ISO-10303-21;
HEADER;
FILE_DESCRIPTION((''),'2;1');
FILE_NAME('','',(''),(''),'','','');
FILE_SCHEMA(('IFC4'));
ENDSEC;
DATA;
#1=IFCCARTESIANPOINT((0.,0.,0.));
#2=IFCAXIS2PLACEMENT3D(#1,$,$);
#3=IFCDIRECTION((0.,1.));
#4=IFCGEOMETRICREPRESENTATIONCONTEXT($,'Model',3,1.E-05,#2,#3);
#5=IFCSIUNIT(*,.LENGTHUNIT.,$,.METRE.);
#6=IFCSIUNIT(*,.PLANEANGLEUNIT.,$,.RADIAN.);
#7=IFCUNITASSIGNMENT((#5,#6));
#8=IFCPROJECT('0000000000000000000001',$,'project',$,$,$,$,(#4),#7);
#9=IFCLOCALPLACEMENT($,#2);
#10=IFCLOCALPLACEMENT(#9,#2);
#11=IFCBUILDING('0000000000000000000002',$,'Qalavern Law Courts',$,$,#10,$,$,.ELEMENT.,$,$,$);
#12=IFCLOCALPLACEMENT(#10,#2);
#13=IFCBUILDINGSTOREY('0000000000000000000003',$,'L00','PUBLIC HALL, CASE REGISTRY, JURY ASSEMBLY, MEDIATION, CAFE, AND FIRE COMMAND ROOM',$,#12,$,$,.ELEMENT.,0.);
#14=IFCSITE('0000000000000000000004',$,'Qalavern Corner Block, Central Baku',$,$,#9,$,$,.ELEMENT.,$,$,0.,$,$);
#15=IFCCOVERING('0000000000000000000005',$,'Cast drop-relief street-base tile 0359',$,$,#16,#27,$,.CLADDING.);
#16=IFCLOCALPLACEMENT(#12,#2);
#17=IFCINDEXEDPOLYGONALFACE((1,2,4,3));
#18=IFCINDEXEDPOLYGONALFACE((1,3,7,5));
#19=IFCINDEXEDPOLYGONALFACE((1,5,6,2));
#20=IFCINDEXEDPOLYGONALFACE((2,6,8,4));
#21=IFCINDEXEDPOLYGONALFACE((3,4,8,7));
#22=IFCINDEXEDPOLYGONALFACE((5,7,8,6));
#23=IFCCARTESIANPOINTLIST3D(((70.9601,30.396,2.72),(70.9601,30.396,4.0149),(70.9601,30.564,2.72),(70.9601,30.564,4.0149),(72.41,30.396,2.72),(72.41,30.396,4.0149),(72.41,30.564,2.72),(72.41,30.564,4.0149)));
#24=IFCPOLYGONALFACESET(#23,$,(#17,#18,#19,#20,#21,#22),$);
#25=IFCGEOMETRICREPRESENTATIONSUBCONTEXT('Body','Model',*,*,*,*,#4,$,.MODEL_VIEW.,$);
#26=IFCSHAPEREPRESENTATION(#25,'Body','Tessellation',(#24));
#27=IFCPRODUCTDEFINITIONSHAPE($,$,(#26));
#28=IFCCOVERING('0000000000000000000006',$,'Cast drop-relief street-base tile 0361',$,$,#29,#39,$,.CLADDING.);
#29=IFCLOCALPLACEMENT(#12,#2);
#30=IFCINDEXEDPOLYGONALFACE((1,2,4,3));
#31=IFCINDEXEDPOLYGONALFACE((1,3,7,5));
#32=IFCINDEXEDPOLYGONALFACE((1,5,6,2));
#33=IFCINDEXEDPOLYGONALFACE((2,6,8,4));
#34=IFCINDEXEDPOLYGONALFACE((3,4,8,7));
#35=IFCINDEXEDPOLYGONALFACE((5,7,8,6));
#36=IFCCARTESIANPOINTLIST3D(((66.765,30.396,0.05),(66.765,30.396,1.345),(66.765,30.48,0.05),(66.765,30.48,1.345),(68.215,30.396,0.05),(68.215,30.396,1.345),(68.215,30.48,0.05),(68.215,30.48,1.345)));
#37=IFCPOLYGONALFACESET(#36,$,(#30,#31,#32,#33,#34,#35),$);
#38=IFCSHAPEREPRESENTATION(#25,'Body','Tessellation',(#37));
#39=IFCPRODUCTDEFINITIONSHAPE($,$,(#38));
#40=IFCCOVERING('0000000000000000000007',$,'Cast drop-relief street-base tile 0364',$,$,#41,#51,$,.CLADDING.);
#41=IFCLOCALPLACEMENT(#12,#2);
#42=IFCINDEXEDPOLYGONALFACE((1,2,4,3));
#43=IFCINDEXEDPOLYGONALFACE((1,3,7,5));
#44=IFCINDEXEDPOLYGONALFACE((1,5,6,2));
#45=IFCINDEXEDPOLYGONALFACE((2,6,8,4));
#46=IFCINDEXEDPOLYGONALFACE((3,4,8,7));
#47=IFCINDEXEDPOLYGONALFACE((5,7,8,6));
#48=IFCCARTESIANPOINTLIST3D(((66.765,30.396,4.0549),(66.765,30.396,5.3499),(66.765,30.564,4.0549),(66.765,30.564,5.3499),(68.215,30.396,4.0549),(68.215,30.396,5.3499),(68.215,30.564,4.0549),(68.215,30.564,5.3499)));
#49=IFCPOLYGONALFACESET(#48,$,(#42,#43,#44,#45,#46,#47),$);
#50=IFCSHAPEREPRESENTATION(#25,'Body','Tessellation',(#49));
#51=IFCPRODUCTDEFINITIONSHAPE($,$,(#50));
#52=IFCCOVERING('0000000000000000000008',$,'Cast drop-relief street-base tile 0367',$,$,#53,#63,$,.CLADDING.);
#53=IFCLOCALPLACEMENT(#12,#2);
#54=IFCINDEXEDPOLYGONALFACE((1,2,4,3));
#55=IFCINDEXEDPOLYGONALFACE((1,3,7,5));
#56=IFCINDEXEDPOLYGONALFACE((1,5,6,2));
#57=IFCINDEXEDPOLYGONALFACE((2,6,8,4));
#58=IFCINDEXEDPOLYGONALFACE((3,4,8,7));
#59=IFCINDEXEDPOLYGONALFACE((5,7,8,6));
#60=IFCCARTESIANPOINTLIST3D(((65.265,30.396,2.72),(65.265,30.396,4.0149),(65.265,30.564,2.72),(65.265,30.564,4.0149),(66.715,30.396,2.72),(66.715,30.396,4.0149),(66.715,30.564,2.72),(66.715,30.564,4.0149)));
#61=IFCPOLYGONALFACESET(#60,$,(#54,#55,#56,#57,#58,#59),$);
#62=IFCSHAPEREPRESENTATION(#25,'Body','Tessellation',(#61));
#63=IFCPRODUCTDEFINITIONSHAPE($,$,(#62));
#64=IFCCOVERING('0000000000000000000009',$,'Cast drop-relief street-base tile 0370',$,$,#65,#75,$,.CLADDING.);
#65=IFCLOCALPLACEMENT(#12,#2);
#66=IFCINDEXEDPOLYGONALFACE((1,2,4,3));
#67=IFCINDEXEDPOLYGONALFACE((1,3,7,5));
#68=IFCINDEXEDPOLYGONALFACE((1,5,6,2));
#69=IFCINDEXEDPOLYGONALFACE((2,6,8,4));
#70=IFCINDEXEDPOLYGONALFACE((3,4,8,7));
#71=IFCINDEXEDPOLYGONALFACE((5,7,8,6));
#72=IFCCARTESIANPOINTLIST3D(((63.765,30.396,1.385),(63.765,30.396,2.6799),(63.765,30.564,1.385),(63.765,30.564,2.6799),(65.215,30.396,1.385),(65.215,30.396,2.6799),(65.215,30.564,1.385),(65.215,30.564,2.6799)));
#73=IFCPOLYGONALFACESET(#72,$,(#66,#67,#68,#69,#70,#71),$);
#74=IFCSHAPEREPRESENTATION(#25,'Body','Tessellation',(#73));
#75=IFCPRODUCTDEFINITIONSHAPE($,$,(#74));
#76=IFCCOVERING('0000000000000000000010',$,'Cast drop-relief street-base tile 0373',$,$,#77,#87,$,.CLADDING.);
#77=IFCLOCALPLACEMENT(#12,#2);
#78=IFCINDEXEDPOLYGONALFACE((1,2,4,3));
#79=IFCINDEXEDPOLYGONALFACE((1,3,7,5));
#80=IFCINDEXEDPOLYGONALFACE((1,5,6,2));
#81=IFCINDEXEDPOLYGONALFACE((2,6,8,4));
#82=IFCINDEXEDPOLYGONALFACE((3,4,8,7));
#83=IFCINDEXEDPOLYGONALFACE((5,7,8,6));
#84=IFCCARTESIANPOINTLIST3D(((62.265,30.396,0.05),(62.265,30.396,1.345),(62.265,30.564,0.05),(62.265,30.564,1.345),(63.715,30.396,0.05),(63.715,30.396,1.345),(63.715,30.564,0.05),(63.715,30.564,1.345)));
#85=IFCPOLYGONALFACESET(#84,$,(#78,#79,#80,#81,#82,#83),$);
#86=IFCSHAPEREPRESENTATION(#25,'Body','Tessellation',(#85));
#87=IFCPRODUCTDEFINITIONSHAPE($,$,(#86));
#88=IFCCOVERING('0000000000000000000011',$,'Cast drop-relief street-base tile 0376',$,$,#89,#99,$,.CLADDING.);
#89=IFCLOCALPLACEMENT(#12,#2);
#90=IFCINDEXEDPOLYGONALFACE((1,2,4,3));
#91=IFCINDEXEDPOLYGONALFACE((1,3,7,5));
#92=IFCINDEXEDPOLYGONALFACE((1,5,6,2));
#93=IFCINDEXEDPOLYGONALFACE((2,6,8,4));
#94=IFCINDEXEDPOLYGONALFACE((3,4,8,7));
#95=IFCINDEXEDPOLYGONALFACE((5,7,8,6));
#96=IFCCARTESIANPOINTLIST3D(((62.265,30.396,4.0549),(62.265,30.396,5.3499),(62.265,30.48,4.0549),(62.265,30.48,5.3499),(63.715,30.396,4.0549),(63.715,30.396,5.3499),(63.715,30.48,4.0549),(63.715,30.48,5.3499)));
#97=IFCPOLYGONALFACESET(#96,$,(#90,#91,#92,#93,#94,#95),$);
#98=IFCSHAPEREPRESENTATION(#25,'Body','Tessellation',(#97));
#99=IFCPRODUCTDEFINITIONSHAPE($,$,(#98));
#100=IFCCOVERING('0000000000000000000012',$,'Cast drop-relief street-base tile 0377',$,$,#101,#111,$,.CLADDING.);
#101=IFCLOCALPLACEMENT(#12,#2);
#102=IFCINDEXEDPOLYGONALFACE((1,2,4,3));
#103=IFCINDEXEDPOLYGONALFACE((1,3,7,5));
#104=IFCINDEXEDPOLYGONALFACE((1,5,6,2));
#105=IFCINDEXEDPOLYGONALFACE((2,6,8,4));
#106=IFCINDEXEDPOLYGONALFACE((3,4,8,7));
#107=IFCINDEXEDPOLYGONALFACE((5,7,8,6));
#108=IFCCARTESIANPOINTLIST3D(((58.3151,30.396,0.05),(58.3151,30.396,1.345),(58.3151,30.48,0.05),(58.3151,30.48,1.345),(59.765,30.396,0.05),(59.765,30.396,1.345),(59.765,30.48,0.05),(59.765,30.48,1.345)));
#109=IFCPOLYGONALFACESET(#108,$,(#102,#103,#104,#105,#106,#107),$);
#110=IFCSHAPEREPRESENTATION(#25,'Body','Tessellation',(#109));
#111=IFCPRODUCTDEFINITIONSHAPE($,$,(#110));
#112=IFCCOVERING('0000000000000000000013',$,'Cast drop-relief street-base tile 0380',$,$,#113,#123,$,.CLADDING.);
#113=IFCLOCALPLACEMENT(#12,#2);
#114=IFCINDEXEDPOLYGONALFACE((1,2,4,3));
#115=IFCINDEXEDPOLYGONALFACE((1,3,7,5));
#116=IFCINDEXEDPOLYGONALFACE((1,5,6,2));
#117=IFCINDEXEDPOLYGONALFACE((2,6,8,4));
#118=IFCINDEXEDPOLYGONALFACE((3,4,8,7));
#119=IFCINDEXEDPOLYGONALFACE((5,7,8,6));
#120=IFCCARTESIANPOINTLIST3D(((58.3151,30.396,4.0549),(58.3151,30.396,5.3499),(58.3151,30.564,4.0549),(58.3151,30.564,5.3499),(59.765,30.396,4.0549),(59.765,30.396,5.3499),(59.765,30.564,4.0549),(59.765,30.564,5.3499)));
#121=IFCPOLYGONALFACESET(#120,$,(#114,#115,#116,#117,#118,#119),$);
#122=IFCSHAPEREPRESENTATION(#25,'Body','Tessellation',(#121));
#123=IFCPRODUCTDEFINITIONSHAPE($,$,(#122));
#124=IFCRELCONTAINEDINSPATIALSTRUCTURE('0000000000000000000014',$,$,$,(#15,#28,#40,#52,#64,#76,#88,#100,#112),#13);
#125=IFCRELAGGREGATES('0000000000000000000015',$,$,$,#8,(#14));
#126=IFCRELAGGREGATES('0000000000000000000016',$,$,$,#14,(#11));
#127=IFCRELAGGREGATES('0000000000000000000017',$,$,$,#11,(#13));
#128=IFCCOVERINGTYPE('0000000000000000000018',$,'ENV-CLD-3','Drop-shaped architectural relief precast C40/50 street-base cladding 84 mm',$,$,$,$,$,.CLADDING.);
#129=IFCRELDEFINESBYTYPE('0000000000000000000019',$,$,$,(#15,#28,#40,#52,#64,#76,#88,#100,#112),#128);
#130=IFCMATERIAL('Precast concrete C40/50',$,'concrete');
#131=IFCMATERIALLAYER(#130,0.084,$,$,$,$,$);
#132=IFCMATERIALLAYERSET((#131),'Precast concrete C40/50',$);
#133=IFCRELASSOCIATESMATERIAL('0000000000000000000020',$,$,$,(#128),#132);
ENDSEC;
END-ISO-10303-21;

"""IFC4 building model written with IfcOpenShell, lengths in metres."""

from ifc_helpers import new_model, si_unit, direction, frame, origin, origin_2d, place, context, subcontext, project, spatial, rectangle, extrude, material, layer, layer_set, type_object, element, save


model = new_model("IFC4")

# Units and contexts
model_context = context("Model", 3, precision=1e-05, world=origin(), true_north=direction((0.0, 1.0)))
body_context = subcontext(model_context, "Body", "Model", "MODEL_VIEW")
ifc_project = project(units=[si_unit("LENGTHUNIT", "METRE"), si_unit("PLANEANGLEUNIT", "RADIAN")], contexts=[model_context])

# Site, building, storey
site_placement = place(None, origin())
site = spatial("IfcSite", under=ifc_project, at=site_placement, Name="Qalavern Corner Block, Central Baku", CompositionType="ELEMENT", RefElevation=0.0)
building_placement = place(site_placement, origin())
building = spatial("IfcBuilding", under=site, at=building_placement, Name="Qalavern Law Courts", CompositionType="ELEMENT")
storey_placement = place(building_placement, origin())
storey = spatial("IfcBuildingStorey", under=building, at=storey_placement, Name="L00", Description="PUBLIC HALL, CASE REGISTRY, JURY ASSEMBLY, MEDIATION, CAFE, AND FIRE COMMAND ROOM", CompositionType="ELEMENT", Elevation=0.0)

# Coverings
ifc_material_1 = material(Name="Precast concrete C40/50", Category="concrete")
ifc_layer_1 = layer(ifc_material_1, 0.084)
ifc_layer_set_1 = layer_set([ifc_layer_1], Name="Precast concrete C40/50")
covering_type_1 = type_object("IfcCoveringType", Name="ENV-CLD-3", Description="Drop-shaped architectural relief precast C40/50 street-base cladding 84 mm", PredefinedType="CLADDING", material=ifc_layer_set_1)
for number, where, z_axis, x_axis, name in (
    (1, (71.6851, 30.48, 2.72), (0.0, 0.0, 1.0), (-1.0, 0.0, 0.0), "Cast drop-relief street-base tile 0359"),
):
    element("IfcCovering", number, at=place(storey_placement, frame(where, z_axis=z_axis, x_axis=x_axis)), inside=storey, type_object=covering_type_1, Name=name, PredefinedType="CLADDING", context=body_context, shape_type="SweptSolid", body=[
        extrude(rectangle(XDim=1.45, YDim=0.168, at=origin_2d()), origin(), (0.0, 0.0, 1.0), 1.2949),
    ])
covering_1_placement = place(storey_placement, frame((67.49, 30.438, 0.05), z_axis=(0.0, 0.0, 1.0), x_axis=(-1.0, 0.0, 0.0)))
element("IfcCovering", 2, at=covering_1_placement, inside=storey, type_object=covering_type_1, Name="Cast drop-relief street-base tile 0361", PredefinedType="CLADDING", context=body_context, shape_type="SweptSolid", body=[
    extrude(rectangle(XDim=1.45, YDim=0.084, at=origin_2d()), origin(), (0.0, 0.0, 1.0), 1.2949),
])
for number, where, z_axis, x_axis, name in (
    (3, (67.49, 30.48, 4.0549), (0.0, 0.0, 1.0), (-1.0, 0.0, 0.0), "Cast drop-relief street-base tile 0364"),
    (4, (65.99, 30.48, 2.72), (0.0, 0.0, 1.0), (-1.0, 0.0, 0.0), "Cast drop-relief street-base tile 0367"),
    (5, (64.49, 30.48, 1.385), (0.0, 0.0, 1.0), (-1.0, 0.0, 0.0), "Cast drop-relief street-base tile 0370"),
    (6, (62.99, 30.48, 0.05), (0.0, 0.0, 1.0), (-1.0, 0.0, 0.0), "Cast drop-relief street-base tile 0373"),
):
    element("IfcCovering", number, at=place(storey_placement, frame(where, z_axis=z_axis, x_axis=x_axis)), inside=storey, type_object=covering_type_1, Name=name, PredefinedType="CLADDING", context=body_context, shape_type="SweptSolid", body=[
        extrude(rectangle(XDim=1.45, YDim=0.168, at=origin_2d()), origin(), (0.0, 0.0, 1.0), 1.2949),
    ])
for number, where, z_axis, x_axis, name in (
    (7, (62.99, 30.438, 4.0549), (0.0, 0.0, 1.0), (-1.0, 0.0, 0.0), "Cast drop-relief street-base tile 0376"),
    (8, (59.04, 30.438, 0.05), (0.0, 0.0, 1.0), (-1.0, 0.0, 0.0), "Cast drop-relief street-base tile 0377"),
):
    element("IfcCovering", number, at=place(storey_placement, frame(where, z_axis=z_axis, x_axis=x_axis)), inside=storey, type_object=covering_type_1, Name=name, PredefinedType="CLADDING", context=body_context, shape_type="SweptSolid", body=[
        extrude(rectangle(XDim=1.45, YDim=0.084, at=origin_2d()), origin(), (0.0, 0.0, 1.0), 1.2949),
    ])
covering_2_placement = place(storey_placement, frame((59.04, 30.48, 4.0549), z_axis=(0.0, 0.0, 1.0), x_axis=(-1.0, 0.0, 0.0)))
element("IfcCovering", 9, at=covering_2_placement, inside=storey, type_object=covering_type_1, Name="Cast drop-relief street-base tile 0380", PredefinedType="CLADDING", context=body_context, shape_type="SweptSolid", body=[
    extrude(rectangle(XDim=1.45, YDim=0.168, at=origin_2d()), origin(), (0.0, 0.0, 1.0), 1.2949),
])

save(model, "model.ifc")
